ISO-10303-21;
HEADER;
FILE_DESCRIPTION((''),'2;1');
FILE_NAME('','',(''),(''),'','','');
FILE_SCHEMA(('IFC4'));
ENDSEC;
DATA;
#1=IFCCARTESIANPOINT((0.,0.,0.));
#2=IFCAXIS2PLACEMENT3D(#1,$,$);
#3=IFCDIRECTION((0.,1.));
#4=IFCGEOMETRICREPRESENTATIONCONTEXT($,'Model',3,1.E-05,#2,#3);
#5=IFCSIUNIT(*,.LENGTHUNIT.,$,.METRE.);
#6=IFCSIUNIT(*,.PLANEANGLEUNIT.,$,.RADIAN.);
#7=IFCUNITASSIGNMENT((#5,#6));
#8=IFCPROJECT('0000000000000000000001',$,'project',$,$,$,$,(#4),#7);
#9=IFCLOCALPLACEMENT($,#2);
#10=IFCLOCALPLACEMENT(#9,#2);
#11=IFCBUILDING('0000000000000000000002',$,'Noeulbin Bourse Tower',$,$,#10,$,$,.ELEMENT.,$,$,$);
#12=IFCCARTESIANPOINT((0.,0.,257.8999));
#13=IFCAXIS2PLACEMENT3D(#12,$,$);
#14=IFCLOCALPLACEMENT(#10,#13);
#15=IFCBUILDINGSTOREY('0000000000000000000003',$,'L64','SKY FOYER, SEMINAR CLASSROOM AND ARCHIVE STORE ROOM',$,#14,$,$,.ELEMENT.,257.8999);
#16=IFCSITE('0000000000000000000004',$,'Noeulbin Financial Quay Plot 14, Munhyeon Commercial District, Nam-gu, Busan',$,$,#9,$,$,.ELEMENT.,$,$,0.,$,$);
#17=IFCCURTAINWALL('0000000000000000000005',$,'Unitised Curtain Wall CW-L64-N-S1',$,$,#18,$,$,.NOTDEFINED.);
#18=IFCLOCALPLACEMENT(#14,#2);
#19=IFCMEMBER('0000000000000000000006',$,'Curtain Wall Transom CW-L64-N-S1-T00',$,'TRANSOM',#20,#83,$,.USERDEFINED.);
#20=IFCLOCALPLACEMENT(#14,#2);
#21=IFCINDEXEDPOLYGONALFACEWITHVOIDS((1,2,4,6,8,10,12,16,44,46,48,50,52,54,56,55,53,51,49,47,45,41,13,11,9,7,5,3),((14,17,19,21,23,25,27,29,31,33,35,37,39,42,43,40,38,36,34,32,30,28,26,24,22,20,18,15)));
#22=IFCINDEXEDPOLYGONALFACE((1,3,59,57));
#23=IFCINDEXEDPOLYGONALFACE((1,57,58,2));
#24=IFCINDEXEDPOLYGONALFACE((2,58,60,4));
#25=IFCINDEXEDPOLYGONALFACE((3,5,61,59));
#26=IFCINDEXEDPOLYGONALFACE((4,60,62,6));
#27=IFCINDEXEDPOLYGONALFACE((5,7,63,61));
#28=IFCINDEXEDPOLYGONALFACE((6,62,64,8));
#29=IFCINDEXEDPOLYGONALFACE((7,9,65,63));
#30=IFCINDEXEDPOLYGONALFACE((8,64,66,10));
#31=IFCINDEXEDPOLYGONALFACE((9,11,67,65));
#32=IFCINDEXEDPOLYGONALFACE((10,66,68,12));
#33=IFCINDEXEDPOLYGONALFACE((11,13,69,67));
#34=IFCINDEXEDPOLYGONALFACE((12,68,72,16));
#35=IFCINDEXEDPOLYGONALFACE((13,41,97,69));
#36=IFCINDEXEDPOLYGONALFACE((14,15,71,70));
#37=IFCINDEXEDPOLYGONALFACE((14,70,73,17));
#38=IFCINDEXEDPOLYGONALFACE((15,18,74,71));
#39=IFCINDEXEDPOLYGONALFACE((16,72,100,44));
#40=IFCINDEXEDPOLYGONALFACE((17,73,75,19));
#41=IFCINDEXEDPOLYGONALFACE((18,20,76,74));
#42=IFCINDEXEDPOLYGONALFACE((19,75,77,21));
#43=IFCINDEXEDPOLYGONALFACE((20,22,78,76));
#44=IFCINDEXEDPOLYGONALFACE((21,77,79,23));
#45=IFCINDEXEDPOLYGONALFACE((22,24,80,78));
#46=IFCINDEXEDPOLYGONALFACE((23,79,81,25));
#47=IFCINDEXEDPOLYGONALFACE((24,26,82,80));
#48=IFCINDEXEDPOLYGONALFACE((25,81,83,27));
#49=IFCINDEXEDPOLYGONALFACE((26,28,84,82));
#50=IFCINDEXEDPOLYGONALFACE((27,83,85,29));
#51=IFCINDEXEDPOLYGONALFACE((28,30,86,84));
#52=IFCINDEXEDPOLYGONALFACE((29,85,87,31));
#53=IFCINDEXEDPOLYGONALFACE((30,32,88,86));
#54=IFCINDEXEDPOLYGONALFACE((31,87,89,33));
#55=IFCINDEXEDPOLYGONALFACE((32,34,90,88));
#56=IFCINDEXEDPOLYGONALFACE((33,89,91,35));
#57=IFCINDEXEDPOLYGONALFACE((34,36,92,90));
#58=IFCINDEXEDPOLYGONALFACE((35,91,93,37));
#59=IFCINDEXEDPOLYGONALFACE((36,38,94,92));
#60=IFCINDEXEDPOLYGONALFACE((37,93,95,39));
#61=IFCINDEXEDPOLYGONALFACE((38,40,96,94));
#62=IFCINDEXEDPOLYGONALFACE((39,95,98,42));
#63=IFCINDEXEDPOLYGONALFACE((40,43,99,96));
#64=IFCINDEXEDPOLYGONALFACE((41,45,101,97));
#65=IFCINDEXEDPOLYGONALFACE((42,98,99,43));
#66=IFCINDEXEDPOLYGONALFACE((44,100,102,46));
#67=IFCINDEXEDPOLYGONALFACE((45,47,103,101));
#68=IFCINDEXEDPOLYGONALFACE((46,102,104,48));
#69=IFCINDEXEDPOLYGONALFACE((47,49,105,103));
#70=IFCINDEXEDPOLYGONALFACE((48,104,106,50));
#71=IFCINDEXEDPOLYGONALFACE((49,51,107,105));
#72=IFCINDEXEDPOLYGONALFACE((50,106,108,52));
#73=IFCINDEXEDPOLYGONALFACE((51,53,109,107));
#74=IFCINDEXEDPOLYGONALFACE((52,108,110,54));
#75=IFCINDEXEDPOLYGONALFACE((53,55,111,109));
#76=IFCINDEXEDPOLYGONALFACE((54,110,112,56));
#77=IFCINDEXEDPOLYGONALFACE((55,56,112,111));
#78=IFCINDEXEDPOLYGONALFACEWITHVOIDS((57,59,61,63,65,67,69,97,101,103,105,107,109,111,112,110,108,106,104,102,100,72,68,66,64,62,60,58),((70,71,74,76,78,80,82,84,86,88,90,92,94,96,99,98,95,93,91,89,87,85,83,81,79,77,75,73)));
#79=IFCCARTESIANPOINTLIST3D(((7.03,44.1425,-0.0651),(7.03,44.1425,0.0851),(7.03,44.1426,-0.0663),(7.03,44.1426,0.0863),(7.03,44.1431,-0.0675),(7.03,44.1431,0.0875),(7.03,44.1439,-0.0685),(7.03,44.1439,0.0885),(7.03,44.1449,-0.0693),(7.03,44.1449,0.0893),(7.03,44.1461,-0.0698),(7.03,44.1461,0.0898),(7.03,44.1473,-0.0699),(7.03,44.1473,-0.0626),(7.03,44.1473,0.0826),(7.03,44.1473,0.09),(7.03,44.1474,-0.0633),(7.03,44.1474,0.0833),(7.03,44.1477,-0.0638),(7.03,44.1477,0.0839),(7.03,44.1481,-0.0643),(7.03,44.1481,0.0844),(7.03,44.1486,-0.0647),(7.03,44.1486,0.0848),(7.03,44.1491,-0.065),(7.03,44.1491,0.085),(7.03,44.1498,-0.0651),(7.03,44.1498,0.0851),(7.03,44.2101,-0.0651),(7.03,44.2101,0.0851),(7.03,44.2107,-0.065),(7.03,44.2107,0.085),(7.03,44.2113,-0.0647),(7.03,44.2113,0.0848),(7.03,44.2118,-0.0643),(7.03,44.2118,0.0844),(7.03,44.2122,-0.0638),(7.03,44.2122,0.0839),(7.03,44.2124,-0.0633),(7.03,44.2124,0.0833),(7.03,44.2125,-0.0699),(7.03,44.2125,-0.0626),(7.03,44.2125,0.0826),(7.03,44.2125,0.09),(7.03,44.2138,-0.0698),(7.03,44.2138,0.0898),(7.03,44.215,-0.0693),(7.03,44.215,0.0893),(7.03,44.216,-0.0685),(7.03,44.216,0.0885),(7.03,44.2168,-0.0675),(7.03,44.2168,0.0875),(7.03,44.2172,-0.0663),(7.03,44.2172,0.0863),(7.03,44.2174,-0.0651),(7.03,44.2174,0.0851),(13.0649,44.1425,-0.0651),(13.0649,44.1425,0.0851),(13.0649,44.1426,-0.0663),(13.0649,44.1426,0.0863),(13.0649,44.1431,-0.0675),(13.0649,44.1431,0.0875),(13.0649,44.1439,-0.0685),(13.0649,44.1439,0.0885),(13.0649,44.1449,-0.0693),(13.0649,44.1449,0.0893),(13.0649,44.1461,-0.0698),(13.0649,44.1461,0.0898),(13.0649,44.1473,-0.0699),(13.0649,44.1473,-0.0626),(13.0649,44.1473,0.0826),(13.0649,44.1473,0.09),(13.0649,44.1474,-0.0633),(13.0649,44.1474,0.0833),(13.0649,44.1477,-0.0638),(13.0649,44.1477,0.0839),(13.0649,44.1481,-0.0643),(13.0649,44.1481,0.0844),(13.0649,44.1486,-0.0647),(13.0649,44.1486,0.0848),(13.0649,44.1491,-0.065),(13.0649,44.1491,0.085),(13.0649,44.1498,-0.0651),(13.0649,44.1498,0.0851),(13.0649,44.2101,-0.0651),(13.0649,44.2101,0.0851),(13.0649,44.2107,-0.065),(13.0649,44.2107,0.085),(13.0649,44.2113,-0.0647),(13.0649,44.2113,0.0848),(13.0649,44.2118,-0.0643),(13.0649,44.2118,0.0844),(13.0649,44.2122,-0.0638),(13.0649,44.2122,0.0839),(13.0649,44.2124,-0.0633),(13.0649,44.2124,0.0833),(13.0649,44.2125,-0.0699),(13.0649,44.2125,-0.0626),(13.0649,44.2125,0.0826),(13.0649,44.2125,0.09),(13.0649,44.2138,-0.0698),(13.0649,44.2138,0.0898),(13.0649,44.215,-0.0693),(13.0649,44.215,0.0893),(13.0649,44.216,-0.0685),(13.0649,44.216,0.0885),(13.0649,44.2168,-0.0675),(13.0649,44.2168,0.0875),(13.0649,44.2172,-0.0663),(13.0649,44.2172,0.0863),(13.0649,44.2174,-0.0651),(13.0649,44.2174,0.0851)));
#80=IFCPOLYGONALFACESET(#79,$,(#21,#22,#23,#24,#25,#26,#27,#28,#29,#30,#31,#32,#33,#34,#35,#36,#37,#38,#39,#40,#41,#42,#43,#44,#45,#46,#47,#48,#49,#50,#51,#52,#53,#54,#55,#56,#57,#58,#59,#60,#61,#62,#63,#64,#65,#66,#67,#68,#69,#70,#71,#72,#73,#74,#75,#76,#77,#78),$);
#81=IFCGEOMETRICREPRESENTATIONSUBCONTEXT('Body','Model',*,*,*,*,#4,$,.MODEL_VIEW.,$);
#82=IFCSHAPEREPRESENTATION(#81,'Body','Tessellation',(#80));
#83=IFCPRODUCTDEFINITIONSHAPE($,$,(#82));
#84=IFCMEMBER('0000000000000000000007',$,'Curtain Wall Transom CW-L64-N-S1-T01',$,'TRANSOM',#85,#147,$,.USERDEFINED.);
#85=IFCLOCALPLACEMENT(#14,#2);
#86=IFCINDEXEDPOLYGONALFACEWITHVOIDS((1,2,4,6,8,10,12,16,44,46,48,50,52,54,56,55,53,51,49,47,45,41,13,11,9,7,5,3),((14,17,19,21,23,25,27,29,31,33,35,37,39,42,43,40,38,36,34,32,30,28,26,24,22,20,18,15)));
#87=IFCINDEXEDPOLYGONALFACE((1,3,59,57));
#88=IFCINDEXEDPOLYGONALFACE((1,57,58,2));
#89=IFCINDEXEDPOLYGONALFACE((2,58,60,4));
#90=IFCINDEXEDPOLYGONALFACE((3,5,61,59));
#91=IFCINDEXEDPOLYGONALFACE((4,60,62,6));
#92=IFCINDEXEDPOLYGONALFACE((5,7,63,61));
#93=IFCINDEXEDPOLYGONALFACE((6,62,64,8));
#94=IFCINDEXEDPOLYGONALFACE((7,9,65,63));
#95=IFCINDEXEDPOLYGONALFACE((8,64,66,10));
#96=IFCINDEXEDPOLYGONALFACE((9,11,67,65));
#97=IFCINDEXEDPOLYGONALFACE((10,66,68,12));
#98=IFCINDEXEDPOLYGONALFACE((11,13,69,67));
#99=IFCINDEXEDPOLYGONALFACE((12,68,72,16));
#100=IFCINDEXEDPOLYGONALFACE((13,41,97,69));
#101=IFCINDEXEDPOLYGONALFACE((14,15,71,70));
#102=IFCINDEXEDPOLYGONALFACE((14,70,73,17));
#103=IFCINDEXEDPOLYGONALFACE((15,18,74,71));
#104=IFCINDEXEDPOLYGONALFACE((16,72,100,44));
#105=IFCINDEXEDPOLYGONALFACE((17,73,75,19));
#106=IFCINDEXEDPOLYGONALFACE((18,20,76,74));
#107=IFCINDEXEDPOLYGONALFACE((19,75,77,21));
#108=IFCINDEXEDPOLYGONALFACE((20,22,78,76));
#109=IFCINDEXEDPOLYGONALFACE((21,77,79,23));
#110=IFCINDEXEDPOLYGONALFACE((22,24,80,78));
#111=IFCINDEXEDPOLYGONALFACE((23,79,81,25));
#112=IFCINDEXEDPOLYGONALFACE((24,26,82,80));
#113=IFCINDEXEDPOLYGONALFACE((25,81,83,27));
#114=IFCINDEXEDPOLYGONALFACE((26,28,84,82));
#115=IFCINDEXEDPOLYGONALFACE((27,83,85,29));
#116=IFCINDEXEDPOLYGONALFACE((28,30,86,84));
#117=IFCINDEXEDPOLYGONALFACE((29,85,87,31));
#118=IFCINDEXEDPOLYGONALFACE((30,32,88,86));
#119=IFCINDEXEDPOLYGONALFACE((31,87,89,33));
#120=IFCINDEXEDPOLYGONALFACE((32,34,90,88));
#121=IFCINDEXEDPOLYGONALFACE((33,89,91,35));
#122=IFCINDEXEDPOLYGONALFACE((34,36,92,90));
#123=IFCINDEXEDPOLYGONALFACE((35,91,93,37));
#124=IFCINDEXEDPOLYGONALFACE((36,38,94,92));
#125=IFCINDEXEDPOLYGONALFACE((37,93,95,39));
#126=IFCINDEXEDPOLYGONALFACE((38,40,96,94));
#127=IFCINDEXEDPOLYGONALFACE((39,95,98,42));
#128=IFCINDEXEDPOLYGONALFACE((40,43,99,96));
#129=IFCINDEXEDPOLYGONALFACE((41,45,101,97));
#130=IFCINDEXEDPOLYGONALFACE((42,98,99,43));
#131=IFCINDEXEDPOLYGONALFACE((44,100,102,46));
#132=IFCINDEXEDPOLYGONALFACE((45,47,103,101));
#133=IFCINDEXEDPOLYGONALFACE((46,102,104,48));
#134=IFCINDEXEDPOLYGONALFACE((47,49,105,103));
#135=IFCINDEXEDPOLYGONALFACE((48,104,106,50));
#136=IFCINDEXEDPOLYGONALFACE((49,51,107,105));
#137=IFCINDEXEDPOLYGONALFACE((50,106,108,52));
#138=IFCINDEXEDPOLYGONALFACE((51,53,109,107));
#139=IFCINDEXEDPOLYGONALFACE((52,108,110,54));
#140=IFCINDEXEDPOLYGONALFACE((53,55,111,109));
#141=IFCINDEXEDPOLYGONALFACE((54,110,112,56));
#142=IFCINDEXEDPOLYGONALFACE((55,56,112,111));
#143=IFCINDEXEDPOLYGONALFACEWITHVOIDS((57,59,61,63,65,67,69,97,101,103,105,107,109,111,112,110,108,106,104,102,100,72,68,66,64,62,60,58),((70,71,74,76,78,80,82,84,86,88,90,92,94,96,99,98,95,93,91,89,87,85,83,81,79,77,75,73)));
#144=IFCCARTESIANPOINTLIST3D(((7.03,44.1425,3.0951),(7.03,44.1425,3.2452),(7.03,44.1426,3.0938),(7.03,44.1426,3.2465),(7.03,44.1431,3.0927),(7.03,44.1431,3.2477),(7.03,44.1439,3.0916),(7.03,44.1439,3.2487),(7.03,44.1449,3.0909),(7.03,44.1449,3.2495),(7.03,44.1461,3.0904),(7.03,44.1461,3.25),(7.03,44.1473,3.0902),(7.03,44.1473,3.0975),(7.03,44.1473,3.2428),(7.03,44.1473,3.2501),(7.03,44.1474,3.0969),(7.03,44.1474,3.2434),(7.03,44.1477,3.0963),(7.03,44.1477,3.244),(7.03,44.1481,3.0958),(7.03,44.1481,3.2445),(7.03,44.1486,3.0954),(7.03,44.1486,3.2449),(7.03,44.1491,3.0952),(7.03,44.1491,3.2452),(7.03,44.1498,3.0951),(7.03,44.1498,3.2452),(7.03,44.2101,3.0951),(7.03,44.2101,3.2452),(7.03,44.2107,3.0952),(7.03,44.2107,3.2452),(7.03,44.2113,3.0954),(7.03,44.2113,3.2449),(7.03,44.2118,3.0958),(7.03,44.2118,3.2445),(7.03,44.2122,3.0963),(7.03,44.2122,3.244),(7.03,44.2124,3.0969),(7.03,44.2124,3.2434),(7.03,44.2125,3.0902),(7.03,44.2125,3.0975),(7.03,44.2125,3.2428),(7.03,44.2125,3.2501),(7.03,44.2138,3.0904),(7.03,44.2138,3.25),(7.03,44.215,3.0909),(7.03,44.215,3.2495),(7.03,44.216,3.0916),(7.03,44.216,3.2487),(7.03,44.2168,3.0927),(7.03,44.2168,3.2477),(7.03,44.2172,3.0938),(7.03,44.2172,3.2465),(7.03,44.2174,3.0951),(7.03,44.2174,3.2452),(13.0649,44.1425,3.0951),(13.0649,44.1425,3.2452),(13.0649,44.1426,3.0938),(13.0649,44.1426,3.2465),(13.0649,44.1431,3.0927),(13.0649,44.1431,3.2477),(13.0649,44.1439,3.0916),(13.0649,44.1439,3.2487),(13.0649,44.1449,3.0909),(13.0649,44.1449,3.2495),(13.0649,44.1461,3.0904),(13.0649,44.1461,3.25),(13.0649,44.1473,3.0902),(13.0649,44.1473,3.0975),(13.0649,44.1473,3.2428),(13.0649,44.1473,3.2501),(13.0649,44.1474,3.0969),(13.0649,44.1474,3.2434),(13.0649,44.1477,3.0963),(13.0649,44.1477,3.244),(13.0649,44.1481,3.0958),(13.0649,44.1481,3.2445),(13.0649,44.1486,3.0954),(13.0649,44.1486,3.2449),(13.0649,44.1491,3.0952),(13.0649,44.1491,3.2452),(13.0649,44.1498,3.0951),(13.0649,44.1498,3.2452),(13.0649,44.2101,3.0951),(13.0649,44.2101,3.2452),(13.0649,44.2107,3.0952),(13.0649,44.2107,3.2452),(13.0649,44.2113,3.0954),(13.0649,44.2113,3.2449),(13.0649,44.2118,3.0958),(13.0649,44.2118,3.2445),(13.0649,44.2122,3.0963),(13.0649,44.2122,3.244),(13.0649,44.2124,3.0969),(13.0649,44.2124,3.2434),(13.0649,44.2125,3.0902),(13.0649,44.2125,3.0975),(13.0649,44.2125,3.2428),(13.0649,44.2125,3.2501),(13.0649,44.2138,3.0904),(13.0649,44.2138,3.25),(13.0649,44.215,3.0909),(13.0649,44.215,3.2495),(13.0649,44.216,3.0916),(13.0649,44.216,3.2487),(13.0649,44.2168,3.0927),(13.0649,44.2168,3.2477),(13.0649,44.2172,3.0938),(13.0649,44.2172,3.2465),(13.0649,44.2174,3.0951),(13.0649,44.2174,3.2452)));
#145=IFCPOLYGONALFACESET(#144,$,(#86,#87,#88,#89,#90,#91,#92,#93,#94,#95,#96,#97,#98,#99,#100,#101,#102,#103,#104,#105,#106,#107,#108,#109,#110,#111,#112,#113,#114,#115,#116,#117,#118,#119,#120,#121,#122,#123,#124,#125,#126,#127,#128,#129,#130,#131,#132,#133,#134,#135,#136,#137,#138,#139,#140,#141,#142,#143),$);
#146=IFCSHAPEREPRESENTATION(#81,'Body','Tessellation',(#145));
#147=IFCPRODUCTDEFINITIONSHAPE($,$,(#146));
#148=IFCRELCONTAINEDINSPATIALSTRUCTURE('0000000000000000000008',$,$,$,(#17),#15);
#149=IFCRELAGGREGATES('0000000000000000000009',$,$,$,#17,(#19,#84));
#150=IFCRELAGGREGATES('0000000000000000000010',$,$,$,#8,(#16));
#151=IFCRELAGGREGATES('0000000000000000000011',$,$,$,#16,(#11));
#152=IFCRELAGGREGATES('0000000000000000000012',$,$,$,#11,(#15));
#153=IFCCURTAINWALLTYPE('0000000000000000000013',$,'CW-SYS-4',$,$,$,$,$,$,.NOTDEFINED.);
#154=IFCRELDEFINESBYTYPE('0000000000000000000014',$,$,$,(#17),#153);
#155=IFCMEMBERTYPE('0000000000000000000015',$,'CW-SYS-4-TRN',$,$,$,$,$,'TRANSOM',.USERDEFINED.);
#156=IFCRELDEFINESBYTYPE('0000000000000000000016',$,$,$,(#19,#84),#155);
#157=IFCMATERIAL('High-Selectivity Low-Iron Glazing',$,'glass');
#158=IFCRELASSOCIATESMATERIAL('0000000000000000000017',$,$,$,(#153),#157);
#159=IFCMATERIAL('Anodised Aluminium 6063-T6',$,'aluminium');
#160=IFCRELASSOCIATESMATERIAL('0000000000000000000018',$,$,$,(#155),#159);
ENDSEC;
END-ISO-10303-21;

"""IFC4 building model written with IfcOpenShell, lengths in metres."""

from ifc_helpers import new_model, si_unit, direction, frame, origin, origin_2d, place, context, subcontext, project, spatial, hollow_rectangle, extrude, material, material_profile, profile_set, type_object, element, aggregate, save


model = new_model("IFC4")

# Units and contexts
model_context = context("Model", 3, precision=1e-05, world=origin(), true_north=direction((0.0, 1.0)))
body_context = subcontext(model_context, "Body", "Model", "MODEL_VIEW")
ifc_project = project(units=[si_unit("LENGTHUNIT", "METRE"), si_unit("PLANEANGLEUNIT", "RADIAN")], contexts=[model_context])

# Site, building, storey
site_placement = place(None, origin())
site = spatial("IfcSite", under=ifc_project, at=site_placement, Name="Noeulbin Financial Quay Plot 14, Munhyeon Commercial District, Nam-gu, Busan", CompositionType="ELEMENT", RefElevation=0.0)
building_placement = place(site_placement, origin())
building = spatial("IfcBuilding", under=site, at=building_placement, Name="Noeulbin Bourse Tower", CompositionType="ELEMENT")
storey_placement = place(building_placement, frame((0.0, 0.0, 257.8999)))
storey = spatial("IfcBuildingStorey", under=building, at=storey_placement, Name="L64", Description="SKY FOYER, SEMINAR CLASSROOM AND ARCHIVE STORE ROOM", CompositionType="ELEMENT", Elevation=257.8999)

# Curtain wall
ifc_material_1 = material(Name="High-Selectivity Low-Iron Glazing", Category="glass")
curtain_wall_type = type_object("IfcCurtainWallType", Name="CW-SYS-4", PredefinedType="NOTDEFINED", material=ifc_material_1)
curtain_wall_1_placement = place(storey_placement, origin())
curtain_wall_1 = element("IfcCurtainWall", 1, at=curtain_wall_1_placement, inside=storey, type_object=curtain_wall_type, Name="Unitised Curtain Wall CW-L64-N-S1", PredefinedType="NOTDEFINED")
ifc_material_2 = material(Name="Anodised Aluminium 6063-T6", Category="aluminium")

# Members
ifc_material_profile_1 = material_profile(ifc_material_2, hollow_rectangle(XDim=0.075, YDim=0.1599, WallThickness=0.0049, InnerFilletRadius=0.0024, OuterFilletRadius=0.0049, at=origin_2d()), Name="ALU-TRAN-75x160x5", Category="LoadBearing")
ifc_profile_set_1 = profile_set([ifc_material_profile_1], Name="Anodised Aluminium 6063-T6")
member_type_1 = type_object("IfcMemberType", Name="CW-SYS-4-TRN", ElementType="TRANSOM", PredefinedType="USERDEFINED", material=ifc_profile_set_1)
member_1_placement = place(storey_placement, frame((7.03, 44.1799, 0.01), z_axis=(1.0, 0.0, 0.0), x_axis=(0.0, 1.0, 0.0)))
member_1 = element("IfcMember", 2, at=member_1_placement, type_object=member_type_1, Name="Curtain Wall Transom CW-L64-N-S1-T00", ObjectType="TRANSOM", PredefinedType="USERDEFINED", context=body_context, shape_type="SweptSolid", body=[
    extrude(hollow_rectangle(XDim=0.075, YDim=0.1599, WallThickness=0.0049, InnerFilletRadius=0.0024, OuterFilletRadius=0.0049, at=origin_2d()), origin(), (0.0, 0.0, 1.0), 6.0349),
])
member_2_placement = place(storey_placement, frame((7.03, 44.1799, 3.1702), z_axis=(1.0, 0.0, 0.0), x_axis=(0.0, 1.0, 0.0)))
member_2 = element("IfcMember", 3, at=member_2_placement, type_object=member_type_1, Name="Curtain Wall Transom CW-L64-N-S1-T01", ObjectType="TRANSOM", PredefinedType="USERDEFINED", context=body_context, shape_type="SweptSolid", body=[
    extrude(hollow_rectangle(XDim=0.075, YDim=0.1599, WallThickness=0.0049, InnerFilletRadius=0.0024, OuterFilletRadius=0.0049, at=origin_2d()), origin(), (0.0, 0.0, 1.0), 6.0349),
])

aggregate(curtain_wall_1, [member_1, member_2])

save(model, "model.ifc")
